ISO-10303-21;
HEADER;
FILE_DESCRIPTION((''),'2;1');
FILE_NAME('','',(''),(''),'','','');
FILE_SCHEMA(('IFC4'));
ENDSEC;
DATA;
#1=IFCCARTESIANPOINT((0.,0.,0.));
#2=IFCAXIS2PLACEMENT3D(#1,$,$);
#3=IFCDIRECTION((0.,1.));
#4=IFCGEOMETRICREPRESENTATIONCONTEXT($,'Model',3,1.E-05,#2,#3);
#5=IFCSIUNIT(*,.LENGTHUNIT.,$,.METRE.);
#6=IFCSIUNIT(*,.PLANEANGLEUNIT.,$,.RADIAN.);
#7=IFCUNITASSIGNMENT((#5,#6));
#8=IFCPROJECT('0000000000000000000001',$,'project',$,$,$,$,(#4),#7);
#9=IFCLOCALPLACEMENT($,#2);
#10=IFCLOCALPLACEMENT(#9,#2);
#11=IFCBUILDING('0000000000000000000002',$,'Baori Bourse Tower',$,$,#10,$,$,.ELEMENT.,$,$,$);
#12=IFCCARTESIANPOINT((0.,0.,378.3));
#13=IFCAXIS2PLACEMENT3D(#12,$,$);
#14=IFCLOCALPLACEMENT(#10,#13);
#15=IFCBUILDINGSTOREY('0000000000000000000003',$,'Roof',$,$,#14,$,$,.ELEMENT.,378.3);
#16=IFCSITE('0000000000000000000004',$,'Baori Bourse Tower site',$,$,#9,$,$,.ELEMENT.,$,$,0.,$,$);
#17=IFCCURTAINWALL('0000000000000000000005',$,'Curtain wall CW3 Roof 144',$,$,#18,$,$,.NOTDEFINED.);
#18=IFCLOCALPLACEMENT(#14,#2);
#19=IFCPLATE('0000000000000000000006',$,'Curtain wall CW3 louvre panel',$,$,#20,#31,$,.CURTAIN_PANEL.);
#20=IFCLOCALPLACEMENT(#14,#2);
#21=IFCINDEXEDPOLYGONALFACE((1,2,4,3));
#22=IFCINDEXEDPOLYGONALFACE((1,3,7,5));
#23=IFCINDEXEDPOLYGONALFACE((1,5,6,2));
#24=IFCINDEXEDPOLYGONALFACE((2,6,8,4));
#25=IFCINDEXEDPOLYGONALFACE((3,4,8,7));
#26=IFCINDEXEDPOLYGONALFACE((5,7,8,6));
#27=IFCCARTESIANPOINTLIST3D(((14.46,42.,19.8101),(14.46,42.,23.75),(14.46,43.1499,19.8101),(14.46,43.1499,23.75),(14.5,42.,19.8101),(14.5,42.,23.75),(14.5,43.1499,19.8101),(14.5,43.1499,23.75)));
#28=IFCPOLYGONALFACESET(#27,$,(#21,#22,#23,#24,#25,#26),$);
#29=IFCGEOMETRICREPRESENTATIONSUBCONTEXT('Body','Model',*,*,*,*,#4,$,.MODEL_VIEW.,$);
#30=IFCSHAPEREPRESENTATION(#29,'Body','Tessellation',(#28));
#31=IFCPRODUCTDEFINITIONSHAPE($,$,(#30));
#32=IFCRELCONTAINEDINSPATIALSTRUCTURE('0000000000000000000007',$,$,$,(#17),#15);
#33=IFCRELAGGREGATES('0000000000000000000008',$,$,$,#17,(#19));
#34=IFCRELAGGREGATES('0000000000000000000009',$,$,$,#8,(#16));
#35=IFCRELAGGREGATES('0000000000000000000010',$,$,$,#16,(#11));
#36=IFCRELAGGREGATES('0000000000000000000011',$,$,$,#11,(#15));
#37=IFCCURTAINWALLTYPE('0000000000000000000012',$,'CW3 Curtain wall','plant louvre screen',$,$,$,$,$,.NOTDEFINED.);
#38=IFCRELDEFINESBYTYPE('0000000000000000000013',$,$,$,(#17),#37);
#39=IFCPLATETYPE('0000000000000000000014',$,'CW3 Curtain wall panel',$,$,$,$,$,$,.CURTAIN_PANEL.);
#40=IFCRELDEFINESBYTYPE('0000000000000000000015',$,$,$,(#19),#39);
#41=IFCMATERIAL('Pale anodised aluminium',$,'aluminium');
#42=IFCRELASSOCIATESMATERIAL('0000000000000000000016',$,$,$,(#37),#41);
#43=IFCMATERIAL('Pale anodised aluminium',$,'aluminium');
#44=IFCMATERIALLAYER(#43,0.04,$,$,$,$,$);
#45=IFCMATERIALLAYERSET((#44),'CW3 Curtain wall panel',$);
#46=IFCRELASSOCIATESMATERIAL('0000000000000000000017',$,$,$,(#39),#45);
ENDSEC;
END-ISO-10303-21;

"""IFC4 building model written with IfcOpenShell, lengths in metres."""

from ifc_helpers import new_model, si_unit, direction, frame, origin, origin_2d, place, context, subcontext, project, spatial, rectangle, extrude, material, layer, layer_set, type_object, element, aggregate, save


model = new_model("IFC4")

# Units and contexts
model_context = context("Model", 3, precision=1e-05, world=origin(), true_north=direction((0.0, 1.0)))
body_context = subcontext(model_context, "Body", "Model", "MODEL_VIEW")
ifc_project = project(units=[si_unit("LENGTHUNIT", "METRE"), si_unit("PLANEANGLEUNIT", "RADIAN")], contexts=[model_context])

# Site, building, storey
site_placement = place(None, origin())
site = spatial("IfcSite", under=ifc_project, at=site_placement, Name="Baori Bourse Tower site", CompositionType="ELEMENT", RefElevation=0.0)
building_placement = place(site_placement, origin())
building = spatial("IfcBuilding", under=site, at=building_placement, Name="Baori Bourse Tower", CompositionType="ELEMENT")
storey_placement = place(building_placement, frame((0.0, 0.0, 378.3)))
storey = spatial("IfcBuildingStorey", under=building, at=storey_placement, Name="Roof", CompositionType="ELEMENT", Elevation=378.3)

# Curtain wall
ifc_material_1 = material(Name="Pale anodised aluminium", Category="aluminium")
curtain_wall_type = type_object("IfcCurtainWallType", Name="CW3 Curtain wall", Description="plant louvre screen", PredefinedType="NOTDEFINED", material=ifc_material_1)
curtain_wall_1_placement = place(storey_placement, origin())
curtain_wall_1 = element("IfcCurtainWall", 1, at=curtain_wall_1_placement, inside=storey, type_object=curtain_wall_type, Name="Curtain wall CW3 Roof 144", PredefinedType="NOTDEFINED")

# Plate
ifc_material_2 = material(Name="Pale anodised aluminium", Category="aluminium")
ifc_layer = layer(ifc_material_2, 0.04)
ifc_layer_set = layer_set([ifc_layer], Name="CW3 Curtain wall panel")
plate_type = type_object("IfcPlateType", Name="CW3 Curtain wall panel", PredefinedType="CURTAIN_PANEL", material=ifc_layer_set)
plate_1_placement = place(storey_placement, frame((14.48, 42.575, 19.8101), z_axis=(0.0, 0.0, 1.0), x_axis=(0.0, -1.0, 0.0)))
plate_1 = element("IfcPlate", 2, at=plate_1_placement, type_object=plate_type, Name="Curtain wall CW3 louvre panel", PredefinedType="CURTAIN_PANEL", context=body_context, shape_type="SweptSolid", body=[
    extrude(rectangle(XDim=1.1499, YDim=0.04, at=origin_2d()), origin(), (0.0, 0.0, 1.0), 3.9399),
])
aggregate(curtain_wall_1, [plate_1])

save(model, "model.ifc")
